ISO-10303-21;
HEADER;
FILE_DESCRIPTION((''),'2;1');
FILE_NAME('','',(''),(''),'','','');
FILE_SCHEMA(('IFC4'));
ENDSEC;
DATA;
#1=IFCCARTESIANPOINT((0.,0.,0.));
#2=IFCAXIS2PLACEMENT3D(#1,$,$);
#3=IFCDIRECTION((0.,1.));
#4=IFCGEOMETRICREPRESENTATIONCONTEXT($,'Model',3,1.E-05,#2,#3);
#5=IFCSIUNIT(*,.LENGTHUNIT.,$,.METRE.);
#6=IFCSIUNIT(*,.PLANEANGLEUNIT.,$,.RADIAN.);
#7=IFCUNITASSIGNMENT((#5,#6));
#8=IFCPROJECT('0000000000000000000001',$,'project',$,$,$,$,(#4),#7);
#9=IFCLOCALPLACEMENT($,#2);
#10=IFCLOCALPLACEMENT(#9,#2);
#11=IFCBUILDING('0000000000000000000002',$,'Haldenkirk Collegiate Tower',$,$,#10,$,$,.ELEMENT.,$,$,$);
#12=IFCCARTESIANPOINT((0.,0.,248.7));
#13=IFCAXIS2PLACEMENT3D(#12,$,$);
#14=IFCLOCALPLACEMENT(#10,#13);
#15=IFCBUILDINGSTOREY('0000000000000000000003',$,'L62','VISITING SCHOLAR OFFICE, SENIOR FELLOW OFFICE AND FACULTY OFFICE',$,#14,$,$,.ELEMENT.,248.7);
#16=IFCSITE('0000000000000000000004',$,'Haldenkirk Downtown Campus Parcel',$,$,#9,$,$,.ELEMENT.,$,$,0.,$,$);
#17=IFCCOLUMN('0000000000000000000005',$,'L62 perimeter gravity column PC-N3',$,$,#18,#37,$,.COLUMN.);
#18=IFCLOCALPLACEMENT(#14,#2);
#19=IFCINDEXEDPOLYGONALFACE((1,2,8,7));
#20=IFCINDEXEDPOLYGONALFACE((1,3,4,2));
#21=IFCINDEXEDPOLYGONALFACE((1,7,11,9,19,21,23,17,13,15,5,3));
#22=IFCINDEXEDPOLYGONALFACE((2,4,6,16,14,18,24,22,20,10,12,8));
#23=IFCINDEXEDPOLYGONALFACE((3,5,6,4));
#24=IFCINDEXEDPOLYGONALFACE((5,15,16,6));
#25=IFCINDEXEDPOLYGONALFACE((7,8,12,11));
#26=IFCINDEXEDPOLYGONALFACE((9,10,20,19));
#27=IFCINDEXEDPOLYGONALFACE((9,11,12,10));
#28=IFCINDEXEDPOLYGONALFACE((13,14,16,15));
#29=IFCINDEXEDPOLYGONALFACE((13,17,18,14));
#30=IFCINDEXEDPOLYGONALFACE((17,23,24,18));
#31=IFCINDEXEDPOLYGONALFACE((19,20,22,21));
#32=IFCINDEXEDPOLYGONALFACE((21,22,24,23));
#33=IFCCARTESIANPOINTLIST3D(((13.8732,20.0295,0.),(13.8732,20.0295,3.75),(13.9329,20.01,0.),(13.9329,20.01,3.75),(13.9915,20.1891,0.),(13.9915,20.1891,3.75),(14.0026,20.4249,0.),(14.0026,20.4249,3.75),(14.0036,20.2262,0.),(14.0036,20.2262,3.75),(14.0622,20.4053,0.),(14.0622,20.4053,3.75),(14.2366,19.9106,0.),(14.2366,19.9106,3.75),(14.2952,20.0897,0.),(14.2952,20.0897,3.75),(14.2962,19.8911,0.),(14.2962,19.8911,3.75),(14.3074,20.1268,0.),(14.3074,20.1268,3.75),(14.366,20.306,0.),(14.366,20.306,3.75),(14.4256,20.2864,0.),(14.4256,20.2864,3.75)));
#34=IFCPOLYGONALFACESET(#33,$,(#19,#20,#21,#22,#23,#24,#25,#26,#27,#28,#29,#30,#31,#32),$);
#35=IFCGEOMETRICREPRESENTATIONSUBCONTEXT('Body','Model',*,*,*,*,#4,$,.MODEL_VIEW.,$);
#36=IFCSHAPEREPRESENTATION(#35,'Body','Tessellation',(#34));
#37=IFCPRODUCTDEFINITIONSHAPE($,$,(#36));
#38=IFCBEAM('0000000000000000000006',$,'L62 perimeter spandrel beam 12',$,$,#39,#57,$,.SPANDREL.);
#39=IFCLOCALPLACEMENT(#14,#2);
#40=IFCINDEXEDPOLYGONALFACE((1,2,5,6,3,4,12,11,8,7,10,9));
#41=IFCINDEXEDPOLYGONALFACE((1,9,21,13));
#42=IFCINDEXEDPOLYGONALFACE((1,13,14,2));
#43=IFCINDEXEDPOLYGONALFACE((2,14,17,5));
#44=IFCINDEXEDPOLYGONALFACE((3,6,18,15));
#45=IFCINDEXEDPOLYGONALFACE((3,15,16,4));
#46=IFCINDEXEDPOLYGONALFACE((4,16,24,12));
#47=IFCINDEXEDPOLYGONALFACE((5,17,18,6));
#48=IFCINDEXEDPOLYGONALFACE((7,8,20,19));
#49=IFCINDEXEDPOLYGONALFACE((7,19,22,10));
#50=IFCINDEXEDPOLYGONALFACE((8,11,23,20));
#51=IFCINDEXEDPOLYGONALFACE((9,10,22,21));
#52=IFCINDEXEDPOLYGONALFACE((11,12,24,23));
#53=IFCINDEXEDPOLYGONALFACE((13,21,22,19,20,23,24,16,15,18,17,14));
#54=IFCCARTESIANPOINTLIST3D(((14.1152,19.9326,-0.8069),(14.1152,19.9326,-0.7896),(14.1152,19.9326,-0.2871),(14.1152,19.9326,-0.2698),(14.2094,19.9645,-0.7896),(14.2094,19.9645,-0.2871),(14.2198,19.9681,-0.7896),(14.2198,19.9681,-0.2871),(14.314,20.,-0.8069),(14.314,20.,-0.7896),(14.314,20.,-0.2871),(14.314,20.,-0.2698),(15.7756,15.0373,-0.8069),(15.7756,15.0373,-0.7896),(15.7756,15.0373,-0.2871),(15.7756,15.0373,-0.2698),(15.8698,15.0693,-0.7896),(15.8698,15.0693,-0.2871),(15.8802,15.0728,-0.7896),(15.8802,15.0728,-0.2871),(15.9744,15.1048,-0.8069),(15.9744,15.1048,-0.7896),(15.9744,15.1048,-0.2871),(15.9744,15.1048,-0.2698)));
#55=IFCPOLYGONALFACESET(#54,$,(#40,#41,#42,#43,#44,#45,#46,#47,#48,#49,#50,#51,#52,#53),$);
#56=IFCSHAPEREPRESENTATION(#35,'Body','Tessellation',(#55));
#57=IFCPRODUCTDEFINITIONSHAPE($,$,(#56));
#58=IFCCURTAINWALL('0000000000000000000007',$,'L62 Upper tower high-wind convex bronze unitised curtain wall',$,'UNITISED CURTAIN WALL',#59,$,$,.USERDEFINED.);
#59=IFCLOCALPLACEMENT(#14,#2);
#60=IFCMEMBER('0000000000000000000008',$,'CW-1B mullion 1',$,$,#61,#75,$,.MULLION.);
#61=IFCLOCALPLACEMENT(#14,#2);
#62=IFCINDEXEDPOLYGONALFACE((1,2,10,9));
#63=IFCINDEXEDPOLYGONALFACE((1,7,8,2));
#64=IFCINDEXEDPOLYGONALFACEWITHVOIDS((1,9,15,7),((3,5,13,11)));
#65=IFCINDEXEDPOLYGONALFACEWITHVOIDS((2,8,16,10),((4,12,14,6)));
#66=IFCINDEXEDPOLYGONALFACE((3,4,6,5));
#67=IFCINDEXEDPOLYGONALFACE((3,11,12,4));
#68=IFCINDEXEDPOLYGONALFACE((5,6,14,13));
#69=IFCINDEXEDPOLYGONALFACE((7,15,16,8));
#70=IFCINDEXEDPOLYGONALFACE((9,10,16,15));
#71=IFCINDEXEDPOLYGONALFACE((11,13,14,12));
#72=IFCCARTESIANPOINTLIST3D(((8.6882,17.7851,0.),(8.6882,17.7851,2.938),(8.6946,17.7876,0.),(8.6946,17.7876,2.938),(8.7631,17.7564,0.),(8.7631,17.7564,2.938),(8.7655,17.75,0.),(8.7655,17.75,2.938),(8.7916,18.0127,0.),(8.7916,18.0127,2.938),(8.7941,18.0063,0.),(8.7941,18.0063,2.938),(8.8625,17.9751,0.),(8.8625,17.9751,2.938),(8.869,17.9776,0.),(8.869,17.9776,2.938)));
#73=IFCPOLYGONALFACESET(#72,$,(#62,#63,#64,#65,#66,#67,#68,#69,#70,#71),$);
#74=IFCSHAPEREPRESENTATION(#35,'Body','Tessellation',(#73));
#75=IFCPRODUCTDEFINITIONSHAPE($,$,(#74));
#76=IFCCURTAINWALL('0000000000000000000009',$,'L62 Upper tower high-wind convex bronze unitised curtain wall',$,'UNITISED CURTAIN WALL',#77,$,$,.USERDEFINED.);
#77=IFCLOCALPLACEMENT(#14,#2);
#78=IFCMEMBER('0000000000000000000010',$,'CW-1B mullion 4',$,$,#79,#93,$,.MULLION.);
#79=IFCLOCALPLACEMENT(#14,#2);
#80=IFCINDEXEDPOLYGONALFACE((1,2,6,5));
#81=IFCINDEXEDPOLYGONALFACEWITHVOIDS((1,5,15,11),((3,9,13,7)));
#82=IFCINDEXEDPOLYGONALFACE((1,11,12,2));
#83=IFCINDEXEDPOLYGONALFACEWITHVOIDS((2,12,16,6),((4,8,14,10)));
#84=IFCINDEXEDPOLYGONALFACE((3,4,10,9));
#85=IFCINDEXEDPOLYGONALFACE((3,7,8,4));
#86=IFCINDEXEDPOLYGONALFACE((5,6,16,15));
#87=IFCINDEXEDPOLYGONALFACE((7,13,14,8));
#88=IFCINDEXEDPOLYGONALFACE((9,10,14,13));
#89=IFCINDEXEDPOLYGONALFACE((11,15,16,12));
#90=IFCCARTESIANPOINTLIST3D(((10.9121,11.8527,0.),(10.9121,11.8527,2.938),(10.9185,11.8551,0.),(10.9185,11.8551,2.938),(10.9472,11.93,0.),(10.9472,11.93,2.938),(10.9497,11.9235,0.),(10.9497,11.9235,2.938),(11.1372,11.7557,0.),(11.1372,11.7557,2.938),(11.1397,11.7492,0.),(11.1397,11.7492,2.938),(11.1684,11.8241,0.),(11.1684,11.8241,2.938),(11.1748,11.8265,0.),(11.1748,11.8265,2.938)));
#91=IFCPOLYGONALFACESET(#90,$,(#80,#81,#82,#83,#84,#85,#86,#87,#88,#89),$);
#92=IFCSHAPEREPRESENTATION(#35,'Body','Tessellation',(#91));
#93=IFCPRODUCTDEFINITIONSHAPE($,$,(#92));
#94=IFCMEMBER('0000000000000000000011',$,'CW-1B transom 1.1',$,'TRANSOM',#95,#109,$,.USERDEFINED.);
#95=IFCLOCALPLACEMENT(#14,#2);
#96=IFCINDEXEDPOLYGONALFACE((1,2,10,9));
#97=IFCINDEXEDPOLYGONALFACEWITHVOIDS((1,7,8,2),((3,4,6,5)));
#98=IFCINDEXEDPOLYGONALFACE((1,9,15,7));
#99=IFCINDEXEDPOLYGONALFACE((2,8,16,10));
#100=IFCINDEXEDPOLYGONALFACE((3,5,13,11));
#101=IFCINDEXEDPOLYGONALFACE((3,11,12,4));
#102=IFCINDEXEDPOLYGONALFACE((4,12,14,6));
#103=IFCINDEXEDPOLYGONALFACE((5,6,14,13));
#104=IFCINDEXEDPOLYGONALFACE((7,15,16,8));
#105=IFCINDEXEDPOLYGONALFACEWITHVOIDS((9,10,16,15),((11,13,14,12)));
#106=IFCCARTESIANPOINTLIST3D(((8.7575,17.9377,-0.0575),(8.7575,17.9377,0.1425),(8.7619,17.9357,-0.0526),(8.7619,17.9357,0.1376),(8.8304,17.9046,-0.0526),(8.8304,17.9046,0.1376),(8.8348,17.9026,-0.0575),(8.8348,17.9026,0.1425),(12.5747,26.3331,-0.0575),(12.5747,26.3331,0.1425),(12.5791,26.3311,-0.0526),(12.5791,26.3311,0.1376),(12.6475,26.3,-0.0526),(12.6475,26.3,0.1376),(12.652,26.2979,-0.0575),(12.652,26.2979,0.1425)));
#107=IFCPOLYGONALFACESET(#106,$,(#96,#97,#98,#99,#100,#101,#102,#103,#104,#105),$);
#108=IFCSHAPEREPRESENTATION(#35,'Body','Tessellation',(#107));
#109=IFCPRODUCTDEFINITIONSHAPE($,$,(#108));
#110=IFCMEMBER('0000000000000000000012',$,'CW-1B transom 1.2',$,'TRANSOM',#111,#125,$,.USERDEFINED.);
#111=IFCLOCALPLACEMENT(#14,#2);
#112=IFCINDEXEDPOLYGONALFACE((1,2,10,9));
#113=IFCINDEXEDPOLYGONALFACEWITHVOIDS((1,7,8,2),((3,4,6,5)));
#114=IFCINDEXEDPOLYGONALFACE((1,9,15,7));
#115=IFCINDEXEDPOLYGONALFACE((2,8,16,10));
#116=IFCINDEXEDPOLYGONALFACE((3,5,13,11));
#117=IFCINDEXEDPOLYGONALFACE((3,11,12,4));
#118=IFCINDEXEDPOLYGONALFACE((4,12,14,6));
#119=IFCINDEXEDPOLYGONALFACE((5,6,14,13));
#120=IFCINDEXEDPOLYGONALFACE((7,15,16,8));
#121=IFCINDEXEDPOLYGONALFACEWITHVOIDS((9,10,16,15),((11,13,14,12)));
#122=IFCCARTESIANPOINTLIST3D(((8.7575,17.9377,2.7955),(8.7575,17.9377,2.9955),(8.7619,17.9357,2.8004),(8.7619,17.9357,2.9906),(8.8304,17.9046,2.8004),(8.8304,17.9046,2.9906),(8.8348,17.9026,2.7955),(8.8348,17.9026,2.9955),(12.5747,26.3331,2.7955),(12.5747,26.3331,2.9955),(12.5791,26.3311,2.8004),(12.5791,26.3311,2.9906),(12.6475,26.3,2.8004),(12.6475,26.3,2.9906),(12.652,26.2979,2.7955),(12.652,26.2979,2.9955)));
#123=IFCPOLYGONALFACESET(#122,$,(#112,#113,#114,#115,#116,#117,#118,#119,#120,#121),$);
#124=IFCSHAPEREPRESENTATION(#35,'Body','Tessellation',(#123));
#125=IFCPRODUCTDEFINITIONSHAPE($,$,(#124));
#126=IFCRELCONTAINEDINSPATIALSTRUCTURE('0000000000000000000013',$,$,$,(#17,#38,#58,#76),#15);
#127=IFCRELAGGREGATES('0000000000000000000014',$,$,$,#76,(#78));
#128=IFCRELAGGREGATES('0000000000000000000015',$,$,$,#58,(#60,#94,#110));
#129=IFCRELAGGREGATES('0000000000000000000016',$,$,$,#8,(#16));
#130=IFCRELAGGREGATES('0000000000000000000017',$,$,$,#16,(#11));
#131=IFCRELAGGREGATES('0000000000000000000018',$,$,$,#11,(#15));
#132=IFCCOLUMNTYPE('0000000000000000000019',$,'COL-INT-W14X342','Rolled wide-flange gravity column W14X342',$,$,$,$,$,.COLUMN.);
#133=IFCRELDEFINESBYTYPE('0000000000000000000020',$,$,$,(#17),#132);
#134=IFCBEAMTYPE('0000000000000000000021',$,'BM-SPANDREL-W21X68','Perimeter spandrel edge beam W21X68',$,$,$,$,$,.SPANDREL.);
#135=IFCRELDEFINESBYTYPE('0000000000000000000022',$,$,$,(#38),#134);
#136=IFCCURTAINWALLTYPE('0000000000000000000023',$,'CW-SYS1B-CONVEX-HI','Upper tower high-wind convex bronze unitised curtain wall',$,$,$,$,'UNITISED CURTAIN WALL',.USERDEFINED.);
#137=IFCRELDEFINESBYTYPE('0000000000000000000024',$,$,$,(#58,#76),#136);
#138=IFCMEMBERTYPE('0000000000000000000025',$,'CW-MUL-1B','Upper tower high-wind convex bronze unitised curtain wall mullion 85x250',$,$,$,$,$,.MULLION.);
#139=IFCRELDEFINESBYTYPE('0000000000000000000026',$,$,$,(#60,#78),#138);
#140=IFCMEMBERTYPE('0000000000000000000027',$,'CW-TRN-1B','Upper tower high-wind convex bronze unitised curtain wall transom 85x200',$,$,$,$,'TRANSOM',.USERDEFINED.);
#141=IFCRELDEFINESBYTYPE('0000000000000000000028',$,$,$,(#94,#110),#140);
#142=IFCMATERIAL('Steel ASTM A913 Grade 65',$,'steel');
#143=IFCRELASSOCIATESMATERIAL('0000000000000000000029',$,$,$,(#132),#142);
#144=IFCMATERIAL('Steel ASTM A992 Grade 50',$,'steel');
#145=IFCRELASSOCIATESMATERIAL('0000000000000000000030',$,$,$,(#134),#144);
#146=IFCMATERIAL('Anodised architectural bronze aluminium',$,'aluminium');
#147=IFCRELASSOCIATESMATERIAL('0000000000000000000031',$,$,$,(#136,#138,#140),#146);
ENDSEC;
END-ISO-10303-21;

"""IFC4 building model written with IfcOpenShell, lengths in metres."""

from ifc_helpers import new_model, si_unit, direction, frame, origin, origin_2d, place, context, subcontext, project, spatial, hollow_rectangle, i_section, extrude, material, material_profile, profile_set, type_object, element, aggregate, save


model = new_model("IFC4")

# Units and contexts
model_context = context("Model", 3, precision=1e-05, world=origin(), true_north=direction((0.0, 1.0)))
body_context = subcontext(model_context, "Body", "Model", "MODEL_VIEW")
ifc_project = project(units=[si_unit("LENGTHUNIT", "METRE"), si_unit("PLANEANGLEUNIT", "RADIAN")], contexts=[model_context])

# Site, building, storey
site_placement = place(None, origin())
site = spatial("IfcSite", under=ifc_project, at=site_placement, Name="Haldenkirk Downtown Campus Parcel", CompositionType="ELEMENT", RefElevation=0.0)
building_placement = place(site_placement, origin())
building = spatial("IfcBuilding", under=site, at=building_placement, Name="Haldenkirk Collegiate Tower", CompositionType="ELEMENT")
storey_placement = place(building_placement, frame((0.0, 0.0, 248.7)))
storey = spatial("IfcBuildingStorey", under=building, at=storey_placement, Name="L62", Description="VISITING SCHOLAR OFFICE, SENIOR FELLOW OFFICE AND FACULTY OFFICE", CompositionType="ELEMENT", Elevation=248.7)

# Column
ifc_material_1 = material(Name="Steel ASTM A913 Grade 65", Category="steel")
ifc_material_profile_1 = material_profile(ifc_material_1, i_section(OverallWidth=0.416, OverallDepth=0.4451, WebThickness=0.0391, FlangeThickness=0.0627, at=origin_2d()), Name="W14X342")
ifc_profile_set_1 = profile_set([ifc_material_profile_1], Name="Steel ASTM A913 Grade 65")
column_type = type_object("IfcColumnType", Name="COL-INT-W14X342", Description="Rolled wide-flange gravity column W14X342", PredefinedType="COLUMN", material=ifc_profile_set_1)
column_placement = place(storey_placement, frame((14.1494, 20.158, 0.0), z_axis=(0.0, 0.0, 1.0), x_axis=(0.311008, 0.950407, 0.0)))
element("IfcColumn", 1, at=column_placement, inside=storey, type_object=column_type, Name="L62 perimeter gravity column PC-N3", PredefinedType="COLUMN", context=body_context, shape_type="SweptSolid", body=[
    extrude(i_section(OverallWidth=0.416, OverallDepth=0.4451, WebThickness=0.0391, FlangeThickness=0.0627, at=origin_2d()), origin(), (0.0, 0.0, 1.0), 3.75),
])

# Beam
ifc_material_2 = material(Name="Steel ASTM A992 Grade 50", Category="steel")
ifc_material_profile_2 = material_profile(ifc_material_2, i_section(OverallWidth=0.21, OverallDepth=0.5371, WebThickness=0.011, FlangeThickness=0.0173, at=origin_2d()), Name="W21X68")
ifc_profile_set_2 = profile_set([ifc_material_profile_2], Name="Steel ASTM A992 Grade 50")
beam_type = type_object("IfcBeamType", Name="BM-SPANDREL-W21X68", Description="Perimeter spandrel edge beam W21X68", PredefinedType="SPANDREL", material=ifc_profile_set_2)
beam_placement = place(storey_placement, frame((14.2146, 19.9663, -0.5383), z_axis=(0.321211, -0.947008, 0.0), x_axis=(0.947008, 0.321211, 0.0)))
element("IfcBeam", 2, at=beam_placement, inside=storey, type_object=beam_type, Name="L62 perimeter spandrel beam 12", PredefinedType="SPANDREL", context=body_context, shape_type="SweptSolid", body=[
    extrude(i_section(OverallWidth=0.21, OverallDepth=0.5371, WebThickness=0.011, FlangeThickness=0.0173, at=origin_2d()), origin(), (0.0, 0.0, 1.0), 5.1692),
])

# Curtain walls, members
ifc_material_3 = material(Name="Anodised architectural bronze aluminium", Category="aluminium")
curtain_wall_type = type_object("IfcCurtainWallType", Name="CW-SYS1B-CONVEX-HI", Description="Upper tower high-wind convex bronze unitised curtain wall", ElementType="UNITISED CURTAIN WALL", PredefinedType="USERDEFINED", material=ifc_material_3)
curtain_wall_1_placement = place(storey_placement, origin())
curtain_wall_1 = element("IfcCurtainWall", 3, at=curtain_wall_1_placement, inside=storey, type_object=curtain_wall_type, Name="L62 Upper tower high-wind convex bronze unitised curtain wall", ObjectType="UNITISED CURTAIN WALL", PredefinedType="USERDEFINED")
ifc_material_profile_3 = material_profile(ifc_material_3, hollow_rectangle(XDim=0.085, YDim=0.25, WallThickness=0.0049, at=origin_2d()), Name="CW-MUL-1B")
ifc_profile_set_3 = profile_set([ifc_material_profile_3], Name="Anodised architectural bronze aluminium")
member_type_1 = type_object("IfcMemberType", Name="CW-MUL-1B", Description="Upper tower high-wind convex bronze unitised curtain wall mullion 85x250", PredefinedType="MULLION", material=ifc_profile_set_3)
member_1_placement = place(storey_placement, frame((8.7786, 17.8813, 0.0), z_axis=(0.0, 0.0, 1.0), x_axis=(-0.910323, 0.413899, 0.0)))
member_1 = element("IfcMember", 4, at=member_1_placement, type_object=member_type_1, Name="CW-1B mullion 1", PredefinedType="MULLION", context=body_context, shape_type="SweptSolid", body=[
    extrude(hollow_rectangle(XDim=0.085, YDim=0.25, WallThickness=0.0049, at=origin_2d()), origin(), (0.0, 0.0, 1.0), 2.938),
])
curtain_wall_2_placement = place(storey_placement, origin())
curtain_wall_2 = element("IfcCurtainWall", 5, at=curtain_wall_2_placement, inside=storey, type_object=curtain_wall_type, Name="L62 Upper tower high-wind convex bronze unitised curtain wall", ObjectType="UNITISED CURTAIN WALL", PredefinedType="USERDEFINED")
member_2_placement = place(storey_placement, frame((11.0435, 11.8396, 0.0), z_axis=(0.0, 0.0, 1.0), x_axis=(-0.413898, -0.910323, 0.0)))
member_2 = element("IfcMember", 6, at=member_2_placement, type_object=member_type_1, Name="CW-1B mullion 4", PredefinedType="MULLION", context=body_context, shape_type="SweptSolid", body=[
    extrude(hollow_rectangle(XDim=0.085, YDim=0.25, WallThickness=0.0049, at=origin_2d()), origin(), (0.0, 0.0, 1.0), 2.938),
])
aggregate(curtain_wall_2, [member_2])

# Members
ifc_material_profile_4 = material_profile(ifc_material_3, hollow_rectangle(XDim=0.085, YDim=0.2, WallThickness=0.0049, at=origin_2d()), Name="CW-TRN-1B")
ifc_profile_set_4 = profile_set([ifc_material_profile_4], Name="Anodised architectural bronze aluminium")
member_type_2 = type_object("IfcMemberType", Name="CW-TRN-1B", Description="Upper tower high-wind convex bronze unitised curtain wall transom 85x200", ElementType="TRANSOM", PredefinedType="USERDEFINED", material=ifc_profile_set_4)
member_3_placement = place(storey_placement, frame((8.7961, 17.9202, 0.0425), z_axis=(0.413903, 0.910321, 0.0), x_axis=(-0.910321, 0.413903, 0.0)))
member_3 = element("IfcMember", 7, at=member_3_placement, type_object=member_type_2, Name="CW-1B transom 1.1", ObjectType="TRANSOM", PredefinedType="USERDEFINED", context=body_context, shape_type="SweptSolid", body=[
    extrude(hollow_rectangle(XDim=0.085, YDim=0.2, WallThickness=0.0049, at=origin_2d()), origin(), (0.0, 0.0, 1.0), 9.2224),
])
member_4_placement = place(storey_placement, frame((8.7961, 17.9202, 2.8955), z_axis=(0.413903, 0.910321, 0.0), x_axis=(-0.910321, 0.413903, 0.0)))
member_4 = element("IfcMember", 8, at=member_4_placement, type_object=member_type_2, Name="CW-1B transom 1.2", ObjectType="TRANSOM", PredefinedType="USERDEFINED", context=body_context, shape_type="SweptSolid", body=[
    extrude(hollow_rectangle(XDim=0.085, YDim=0.2, WallThickness=0.0049, at=origin_2d()), origin(), (0.0, 0.0, 1.0), 9.2224),
])
aggregate(curtain_wall_1, [member_1, member_3, member_4])

save(model, "model.ifc")
